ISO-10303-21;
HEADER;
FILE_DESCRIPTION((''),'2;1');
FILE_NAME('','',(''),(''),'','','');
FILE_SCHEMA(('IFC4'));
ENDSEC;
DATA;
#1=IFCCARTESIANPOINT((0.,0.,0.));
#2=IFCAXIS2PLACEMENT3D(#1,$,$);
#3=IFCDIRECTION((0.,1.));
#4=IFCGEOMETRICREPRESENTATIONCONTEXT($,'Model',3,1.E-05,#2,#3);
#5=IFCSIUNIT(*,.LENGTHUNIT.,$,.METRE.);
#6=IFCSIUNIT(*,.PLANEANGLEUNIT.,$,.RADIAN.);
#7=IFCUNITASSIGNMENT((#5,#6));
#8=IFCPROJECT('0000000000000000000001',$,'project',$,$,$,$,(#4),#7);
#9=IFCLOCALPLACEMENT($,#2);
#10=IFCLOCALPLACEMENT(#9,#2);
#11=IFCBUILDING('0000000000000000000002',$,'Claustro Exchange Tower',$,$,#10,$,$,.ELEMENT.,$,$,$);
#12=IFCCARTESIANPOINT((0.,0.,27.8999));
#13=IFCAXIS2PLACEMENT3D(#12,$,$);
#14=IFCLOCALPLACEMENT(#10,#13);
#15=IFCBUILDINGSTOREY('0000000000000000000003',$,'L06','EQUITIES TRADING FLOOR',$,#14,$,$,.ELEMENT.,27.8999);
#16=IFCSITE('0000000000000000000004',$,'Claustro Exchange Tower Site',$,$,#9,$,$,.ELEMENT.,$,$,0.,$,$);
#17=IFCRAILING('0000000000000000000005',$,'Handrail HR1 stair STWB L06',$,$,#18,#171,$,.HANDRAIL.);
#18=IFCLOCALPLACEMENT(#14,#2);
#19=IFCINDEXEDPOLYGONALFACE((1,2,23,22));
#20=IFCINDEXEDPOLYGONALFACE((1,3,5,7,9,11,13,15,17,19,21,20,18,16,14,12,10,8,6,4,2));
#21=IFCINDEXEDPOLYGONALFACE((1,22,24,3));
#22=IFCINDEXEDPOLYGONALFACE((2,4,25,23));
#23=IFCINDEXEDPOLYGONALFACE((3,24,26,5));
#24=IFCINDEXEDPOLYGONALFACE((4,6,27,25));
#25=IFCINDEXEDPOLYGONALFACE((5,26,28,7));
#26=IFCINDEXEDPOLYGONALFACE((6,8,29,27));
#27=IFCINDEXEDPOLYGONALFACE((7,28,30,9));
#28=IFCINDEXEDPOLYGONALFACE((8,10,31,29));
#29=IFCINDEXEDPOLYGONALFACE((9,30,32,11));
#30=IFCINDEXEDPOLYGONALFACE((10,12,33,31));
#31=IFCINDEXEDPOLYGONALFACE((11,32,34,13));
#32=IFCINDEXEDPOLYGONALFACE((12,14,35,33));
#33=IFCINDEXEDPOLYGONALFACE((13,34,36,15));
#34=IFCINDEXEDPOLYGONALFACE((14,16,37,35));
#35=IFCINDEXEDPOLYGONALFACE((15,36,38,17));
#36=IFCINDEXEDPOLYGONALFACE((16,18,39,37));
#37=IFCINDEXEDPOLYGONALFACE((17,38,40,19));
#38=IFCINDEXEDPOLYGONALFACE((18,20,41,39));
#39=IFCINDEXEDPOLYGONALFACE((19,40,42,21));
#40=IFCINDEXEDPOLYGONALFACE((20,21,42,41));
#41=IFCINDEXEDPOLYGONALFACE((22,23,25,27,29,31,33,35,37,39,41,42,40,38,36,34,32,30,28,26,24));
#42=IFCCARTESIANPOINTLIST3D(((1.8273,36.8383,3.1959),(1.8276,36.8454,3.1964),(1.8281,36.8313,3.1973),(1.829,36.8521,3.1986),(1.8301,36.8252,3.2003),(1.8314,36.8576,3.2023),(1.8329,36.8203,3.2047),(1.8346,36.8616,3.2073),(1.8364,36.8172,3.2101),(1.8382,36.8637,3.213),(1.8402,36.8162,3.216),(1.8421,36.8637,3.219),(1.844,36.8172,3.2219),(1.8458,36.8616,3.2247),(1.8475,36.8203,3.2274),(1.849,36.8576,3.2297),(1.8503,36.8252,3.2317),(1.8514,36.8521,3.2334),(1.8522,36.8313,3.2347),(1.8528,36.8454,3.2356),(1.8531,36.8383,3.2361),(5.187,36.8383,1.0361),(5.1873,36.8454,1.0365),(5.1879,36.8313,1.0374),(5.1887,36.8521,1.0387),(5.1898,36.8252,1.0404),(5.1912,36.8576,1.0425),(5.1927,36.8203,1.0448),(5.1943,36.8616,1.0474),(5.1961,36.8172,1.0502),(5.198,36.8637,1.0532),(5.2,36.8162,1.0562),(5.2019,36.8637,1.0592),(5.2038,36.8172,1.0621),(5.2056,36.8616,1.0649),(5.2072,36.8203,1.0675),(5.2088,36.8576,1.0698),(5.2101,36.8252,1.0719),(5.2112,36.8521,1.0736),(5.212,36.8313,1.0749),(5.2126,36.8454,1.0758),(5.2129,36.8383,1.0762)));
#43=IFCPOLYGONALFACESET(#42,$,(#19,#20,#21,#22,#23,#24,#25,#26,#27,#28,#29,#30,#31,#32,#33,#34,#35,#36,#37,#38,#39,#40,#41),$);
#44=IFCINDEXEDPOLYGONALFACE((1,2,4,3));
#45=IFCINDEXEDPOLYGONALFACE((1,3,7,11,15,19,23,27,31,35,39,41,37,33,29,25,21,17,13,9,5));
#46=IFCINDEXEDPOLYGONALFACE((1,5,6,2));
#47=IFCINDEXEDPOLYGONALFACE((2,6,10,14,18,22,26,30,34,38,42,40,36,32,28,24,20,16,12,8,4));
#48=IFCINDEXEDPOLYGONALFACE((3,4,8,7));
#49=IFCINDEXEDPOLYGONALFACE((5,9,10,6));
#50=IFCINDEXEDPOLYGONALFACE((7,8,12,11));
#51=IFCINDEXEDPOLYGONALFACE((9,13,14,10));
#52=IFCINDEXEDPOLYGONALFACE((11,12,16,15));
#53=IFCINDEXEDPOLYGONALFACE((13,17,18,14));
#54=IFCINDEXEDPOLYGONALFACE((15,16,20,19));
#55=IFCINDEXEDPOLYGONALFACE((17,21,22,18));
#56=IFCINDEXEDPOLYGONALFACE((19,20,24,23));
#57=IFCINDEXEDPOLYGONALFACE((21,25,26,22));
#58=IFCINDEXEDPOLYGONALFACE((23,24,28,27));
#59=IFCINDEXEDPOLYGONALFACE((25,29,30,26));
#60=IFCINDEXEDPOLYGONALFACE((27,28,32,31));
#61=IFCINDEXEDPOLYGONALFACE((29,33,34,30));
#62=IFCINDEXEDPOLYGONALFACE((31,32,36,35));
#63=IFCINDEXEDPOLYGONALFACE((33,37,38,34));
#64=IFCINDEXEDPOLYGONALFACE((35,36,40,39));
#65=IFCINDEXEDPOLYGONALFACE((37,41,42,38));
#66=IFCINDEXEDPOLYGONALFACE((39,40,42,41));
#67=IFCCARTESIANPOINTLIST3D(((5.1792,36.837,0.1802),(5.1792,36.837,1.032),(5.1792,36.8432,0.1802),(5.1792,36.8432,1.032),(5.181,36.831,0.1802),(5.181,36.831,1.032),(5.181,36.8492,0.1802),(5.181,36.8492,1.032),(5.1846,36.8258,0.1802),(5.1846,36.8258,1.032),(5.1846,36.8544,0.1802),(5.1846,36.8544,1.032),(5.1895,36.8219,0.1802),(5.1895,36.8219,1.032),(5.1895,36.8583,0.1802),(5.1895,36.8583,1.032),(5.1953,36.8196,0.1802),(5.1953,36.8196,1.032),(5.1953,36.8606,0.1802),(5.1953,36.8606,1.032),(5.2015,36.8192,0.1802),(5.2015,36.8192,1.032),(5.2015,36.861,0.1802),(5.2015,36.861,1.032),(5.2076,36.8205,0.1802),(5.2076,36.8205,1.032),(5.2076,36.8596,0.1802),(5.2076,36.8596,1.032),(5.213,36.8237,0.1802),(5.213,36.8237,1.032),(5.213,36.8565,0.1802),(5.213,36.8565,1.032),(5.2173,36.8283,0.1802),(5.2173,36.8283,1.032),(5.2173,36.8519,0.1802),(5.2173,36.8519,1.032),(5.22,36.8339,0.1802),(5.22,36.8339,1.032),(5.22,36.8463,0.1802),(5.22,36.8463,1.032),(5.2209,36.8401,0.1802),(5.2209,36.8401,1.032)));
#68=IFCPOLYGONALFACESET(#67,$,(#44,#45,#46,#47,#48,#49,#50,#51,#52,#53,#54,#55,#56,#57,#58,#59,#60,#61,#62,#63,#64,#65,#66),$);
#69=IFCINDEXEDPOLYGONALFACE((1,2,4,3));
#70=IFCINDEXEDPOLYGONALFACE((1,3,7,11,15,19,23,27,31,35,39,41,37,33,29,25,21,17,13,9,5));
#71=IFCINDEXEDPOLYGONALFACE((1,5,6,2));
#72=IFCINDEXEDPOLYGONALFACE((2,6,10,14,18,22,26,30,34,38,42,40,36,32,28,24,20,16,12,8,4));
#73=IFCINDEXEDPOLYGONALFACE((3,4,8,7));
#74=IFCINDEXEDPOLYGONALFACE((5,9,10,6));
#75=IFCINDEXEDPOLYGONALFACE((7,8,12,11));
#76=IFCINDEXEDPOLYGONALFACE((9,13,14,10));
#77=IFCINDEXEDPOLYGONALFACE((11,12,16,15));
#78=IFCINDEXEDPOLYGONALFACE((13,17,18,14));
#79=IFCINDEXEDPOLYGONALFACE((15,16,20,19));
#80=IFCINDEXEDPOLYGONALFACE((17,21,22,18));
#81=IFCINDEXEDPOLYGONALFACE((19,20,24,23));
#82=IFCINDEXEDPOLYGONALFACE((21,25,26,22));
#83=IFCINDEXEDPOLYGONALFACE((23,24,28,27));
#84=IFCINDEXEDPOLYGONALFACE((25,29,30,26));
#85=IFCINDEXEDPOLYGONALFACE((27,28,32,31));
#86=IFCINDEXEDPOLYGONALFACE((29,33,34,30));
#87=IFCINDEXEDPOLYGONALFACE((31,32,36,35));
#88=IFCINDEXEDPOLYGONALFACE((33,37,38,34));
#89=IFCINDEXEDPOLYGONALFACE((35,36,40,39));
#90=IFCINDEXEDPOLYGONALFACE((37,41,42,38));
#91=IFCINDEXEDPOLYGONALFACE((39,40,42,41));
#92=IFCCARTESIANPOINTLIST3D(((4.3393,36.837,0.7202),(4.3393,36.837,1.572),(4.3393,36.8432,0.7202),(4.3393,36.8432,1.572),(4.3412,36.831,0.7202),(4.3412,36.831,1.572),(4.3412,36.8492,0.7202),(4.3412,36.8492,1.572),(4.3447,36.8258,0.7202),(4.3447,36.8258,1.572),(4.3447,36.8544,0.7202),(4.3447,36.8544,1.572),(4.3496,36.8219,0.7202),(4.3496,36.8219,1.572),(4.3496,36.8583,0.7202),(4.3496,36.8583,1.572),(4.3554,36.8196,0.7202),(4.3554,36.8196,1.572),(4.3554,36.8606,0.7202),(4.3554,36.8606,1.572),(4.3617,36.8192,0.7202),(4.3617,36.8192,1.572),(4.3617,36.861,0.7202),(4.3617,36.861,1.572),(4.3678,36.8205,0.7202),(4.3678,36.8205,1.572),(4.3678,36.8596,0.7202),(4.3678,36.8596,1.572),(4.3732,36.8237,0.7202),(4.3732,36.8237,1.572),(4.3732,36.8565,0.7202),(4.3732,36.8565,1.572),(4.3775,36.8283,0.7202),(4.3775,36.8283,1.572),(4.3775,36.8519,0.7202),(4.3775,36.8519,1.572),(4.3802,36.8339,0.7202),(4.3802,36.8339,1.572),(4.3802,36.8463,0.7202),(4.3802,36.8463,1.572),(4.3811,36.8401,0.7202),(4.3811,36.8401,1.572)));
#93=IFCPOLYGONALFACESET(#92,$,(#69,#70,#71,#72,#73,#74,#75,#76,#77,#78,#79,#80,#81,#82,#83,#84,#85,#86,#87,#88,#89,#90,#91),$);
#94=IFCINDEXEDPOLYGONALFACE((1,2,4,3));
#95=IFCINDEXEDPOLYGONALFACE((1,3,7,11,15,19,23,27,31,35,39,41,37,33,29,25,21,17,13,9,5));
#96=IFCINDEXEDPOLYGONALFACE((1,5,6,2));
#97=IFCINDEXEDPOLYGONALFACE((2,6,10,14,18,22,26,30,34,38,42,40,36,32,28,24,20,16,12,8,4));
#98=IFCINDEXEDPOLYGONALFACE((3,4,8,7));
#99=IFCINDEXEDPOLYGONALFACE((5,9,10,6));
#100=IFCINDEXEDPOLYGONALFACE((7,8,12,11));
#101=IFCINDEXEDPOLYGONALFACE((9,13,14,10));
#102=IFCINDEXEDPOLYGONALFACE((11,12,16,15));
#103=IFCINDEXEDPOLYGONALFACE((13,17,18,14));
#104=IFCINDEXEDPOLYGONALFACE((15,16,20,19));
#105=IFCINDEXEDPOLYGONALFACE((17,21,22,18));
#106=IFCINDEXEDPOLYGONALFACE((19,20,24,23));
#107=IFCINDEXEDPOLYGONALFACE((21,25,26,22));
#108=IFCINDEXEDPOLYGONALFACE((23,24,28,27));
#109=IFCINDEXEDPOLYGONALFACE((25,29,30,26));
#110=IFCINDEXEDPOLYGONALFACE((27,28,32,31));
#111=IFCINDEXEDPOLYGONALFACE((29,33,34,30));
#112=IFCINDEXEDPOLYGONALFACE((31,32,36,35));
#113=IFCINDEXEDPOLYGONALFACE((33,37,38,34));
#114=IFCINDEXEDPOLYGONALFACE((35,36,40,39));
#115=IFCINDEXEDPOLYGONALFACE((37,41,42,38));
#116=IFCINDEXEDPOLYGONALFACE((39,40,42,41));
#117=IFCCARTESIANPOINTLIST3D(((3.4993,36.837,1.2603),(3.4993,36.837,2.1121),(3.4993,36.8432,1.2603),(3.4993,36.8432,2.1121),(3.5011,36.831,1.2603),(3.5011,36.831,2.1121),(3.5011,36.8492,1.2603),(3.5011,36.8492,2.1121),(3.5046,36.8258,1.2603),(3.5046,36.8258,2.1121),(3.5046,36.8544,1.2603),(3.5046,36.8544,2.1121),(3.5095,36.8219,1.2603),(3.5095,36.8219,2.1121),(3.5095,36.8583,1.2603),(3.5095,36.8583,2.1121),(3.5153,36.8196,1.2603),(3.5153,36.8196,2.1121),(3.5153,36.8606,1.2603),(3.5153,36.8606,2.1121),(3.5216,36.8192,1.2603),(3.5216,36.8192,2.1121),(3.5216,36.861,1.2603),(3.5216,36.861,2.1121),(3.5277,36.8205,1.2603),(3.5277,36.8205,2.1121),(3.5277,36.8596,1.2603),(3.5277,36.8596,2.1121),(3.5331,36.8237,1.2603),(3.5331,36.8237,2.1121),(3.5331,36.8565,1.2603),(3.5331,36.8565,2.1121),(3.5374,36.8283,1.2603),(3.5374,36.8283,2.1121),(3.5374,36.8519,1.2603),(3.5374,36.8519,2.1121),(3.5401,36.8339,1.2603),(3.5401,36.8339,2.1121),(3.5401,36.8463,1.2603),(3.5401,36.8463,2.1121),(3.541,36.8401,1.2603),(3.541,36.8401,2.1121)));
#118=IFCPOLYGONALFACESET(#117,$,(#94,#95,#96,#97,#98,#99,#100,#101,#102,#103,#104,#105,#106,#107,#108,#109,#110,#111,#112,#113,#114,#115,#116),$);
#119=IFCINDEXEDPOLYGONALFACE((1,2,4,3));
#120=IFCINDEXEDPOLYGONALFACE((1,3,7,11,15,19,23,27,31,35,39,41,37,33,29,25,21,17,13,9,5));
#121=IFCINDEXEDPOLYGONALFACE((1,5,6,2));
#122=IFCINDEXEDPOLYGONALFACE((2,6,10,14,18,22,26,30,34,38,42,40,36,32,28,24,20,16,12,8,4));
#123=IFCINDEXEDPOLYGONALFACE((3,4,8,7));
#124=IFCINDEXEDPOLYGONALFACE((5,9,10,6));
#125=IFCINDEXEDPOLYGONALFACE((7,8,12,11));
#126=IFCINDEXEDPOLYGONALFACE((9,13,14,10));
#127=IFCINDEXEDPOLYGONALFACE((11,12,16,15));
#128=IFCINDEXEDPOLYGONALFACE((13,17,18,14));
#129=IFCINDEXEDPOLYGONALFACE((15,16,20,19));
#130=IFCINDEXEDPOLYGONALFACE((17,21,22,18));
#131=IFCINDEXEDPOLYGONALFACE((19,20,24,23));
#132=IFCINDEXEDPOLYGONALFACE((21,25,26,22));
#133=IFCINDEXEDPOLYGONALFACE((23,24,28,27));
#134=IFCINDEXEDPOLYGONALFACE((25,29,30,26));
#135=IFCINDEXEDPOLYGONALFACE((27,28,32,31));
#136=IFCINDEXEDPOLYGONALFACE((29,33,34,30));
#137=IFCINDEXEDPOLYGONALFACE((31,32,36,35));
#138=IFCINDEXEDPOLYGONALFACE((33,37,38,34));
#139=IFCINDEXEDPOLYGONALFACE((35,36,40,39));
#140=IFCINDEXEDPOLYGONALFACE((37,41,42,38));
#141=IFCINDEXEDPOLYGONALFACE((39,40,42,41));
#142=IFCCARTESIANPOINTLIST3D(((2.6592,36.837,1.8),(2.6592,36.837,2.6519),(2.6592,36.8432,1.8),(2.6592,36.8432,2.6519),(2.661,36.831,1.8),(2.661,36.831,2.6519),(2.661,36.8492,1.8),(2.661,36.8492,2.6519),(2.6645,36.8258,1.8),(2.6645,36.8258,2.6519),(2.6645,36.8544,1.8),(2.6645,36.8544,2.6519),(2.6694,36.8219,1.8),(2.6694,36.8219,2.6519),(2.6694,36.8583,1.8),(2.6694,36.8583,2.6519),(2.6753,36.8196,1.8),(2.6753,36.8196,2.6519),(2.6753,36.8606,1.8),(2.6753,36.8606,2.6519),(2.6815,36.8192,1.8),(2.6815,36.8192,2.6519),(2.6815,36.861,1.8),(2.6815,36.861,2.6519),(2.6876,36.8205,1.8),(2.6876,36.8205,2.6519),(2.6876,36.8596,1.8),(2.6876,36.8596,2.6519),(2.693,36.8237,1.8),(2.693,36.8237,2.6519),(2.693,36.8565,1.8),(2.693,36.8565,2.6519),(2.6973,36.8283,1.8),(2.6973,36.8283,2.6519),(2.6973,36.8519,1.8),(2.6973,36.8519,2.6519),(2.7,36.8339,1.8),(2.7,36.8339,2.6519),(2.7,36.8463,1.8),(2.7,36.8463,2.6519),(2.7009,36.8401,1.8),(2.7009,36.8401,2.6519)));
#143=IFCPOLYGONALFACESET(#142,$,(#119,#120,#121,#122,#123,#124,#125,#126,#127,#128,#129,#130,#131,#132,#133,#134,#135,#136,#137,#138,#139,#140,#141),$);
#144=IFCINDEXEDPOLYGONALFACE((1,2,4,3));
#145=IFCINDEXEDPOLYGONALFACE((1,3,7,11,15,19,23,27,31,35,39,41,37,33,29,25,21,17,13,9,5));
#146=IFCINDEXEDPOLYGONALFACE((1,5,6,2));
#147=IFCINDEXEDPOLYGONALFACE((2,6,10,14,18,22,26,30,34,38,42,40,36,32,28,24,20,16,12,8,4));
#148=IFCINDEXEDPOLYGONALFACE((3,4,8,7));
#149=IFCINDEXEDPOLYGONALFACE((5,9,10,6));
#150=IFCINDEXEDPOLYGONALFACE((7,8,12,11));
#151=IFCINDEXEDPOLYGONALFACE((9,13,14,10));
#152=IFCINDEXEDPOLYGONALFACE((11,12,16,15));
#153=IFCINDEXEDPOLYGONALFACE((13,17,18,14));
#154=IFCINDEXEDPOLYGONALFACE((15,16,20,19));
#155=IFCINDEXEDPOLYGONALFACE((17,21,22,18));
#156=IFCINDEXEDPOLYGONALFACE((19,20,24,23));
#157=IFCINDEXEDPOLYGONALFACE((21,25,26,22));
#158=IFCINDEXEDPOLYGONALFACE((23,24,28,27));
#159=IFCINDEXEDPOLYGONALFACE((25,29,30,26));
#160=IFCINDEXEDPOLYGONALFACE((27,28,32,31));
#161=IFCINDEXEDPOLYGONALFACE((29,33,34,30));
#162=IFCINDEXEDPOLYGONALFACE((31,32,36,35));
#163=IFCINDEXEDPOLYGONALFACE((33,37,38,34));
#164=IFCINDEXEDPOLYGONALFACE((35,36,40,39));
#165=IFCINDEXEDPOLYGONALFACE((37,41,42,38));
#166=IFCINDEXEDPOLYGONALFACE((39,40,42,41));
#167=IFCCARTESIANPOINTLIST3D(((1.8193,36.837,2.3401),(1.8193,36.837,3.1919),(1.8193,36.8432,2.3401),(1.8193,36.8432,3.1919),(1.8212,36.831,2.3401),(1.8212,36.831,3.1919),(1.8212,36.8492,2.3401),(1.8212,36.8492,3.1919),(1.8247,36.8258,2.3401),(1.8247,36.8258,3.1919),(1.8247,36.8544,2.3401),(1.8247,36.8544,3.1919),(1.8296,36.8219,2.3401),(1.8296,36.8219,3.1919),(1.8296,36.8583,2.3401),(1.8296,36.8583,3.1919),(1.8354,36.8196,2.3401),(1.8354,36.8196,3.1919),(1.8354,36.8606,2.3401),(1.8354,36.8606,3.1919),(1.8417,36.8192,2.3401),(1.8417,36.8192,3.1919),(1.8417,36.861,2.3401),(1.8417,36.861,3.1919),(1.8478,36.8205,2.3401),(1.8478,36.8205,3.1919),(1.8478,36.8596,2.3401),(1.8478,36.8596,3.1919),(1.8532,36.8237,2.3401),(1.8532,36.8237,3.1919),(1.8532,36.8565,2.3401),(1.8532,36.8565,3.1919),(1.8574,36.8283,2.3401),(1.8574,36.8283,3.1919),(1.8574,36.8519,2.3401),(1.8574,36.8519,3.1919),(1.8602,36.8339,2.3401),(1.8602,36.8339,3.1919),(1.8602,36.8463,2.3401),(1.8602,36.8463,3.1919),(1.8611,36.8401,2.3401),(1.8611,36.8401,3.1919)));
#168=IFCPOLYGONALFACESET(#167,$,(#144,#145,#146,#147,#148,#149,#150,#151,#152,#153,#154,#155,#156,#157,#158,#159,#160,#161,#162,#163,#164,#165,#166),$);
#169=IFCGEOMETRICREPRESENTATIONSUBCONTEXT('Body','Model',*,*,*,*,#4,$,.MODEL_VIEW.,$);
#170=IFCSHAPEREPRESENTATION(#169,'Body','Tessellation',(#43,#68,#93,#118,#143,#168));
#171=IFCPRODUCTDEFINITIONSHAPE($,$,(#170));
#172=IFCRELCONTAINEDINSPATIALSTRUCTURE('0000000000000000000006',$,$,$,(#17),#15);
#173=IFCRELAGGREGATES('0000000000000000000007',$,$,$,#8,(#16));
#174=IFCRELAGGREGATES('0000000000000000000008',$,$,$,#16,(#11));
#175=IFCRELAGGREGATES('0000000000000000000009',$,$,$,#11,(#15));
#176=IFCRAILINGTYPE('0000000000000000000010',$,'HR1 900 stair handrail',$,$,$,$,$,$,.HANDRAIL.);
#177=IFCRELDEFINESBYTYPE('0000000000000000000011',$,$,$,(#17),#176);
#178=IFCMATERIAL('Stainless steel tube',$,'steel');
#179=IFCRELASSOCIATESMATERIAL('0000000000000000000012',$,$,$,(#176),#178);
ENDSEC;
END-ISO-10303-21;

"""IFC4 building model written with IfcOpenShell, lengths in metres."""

from ifc_helpers import new_model, si_unit, direction, frame, origin, origin_2d, place, context, subcontext, project, spatial, circle, extrude, material, type_object, element, save


model = new_model("IFC4")

# Units and contexts
model_context = context("Model", 3, precision=1e-05, world=origin(), true_north=direction((0.0, 1.0)))
body_context = subcontext(model_context, "Body", "Model", "MODEL_VIEW")
ifc_project = project(units=[si_unit("LENGTHUNIT", "METRE"), si_unit("PLANEANGLEUNIT", "RADIAN")], contexts=[model_context])

# Site, building, storey
site_placement = place(None, origin())
site = spatial("IfcSite", under=ifc_project, at=site_placement, Name="Claustro Exchange Tower Site", CompositionType="ELEMENT", RefElevation=0.0)
building_placement = place(site_placement, origin())
building = spatial("IfcBuilding", under=site, at=building_placement, Name="Claustro Exchange Tower", CompositionType="ELEMENT")
storey_placement = place(building_placement, frame((0.0, 0.0, 27.8999)))
storey = spatial("IfcBuildingStorey", under=building, at=storey_placement, Name="L06", Description="EQUITIES TRADING FLOOR", CompositionType="ELEMENT", Elevation=27.8999)

# Railing
ifc_material_1 = material(Name="Stainless steel tube", Category="steel")
railing_type_1 = type_object("IfcRailingType", Name="HR1 900 stair handrail", PredefinedType="HANDRAIL", material=ifc_material_1)
railing_1_placement = place(storey_placement, frame((5.2, 36.8401, 0.1802)))
element("IfcRailing", 1, at=railing_1_placement, inside=storey, type_object=railing_type_1, Name="Handrail HR1 stair STWB L06", PredefinedType="HANDRAIL", context=body_context, shape_type="SweptSolid", body=[
    extrude(circle(Radius=0.0239, at=origin_2d()), frame((0.0, 0.0, 0.876), z_axis=(-0.841178, 0.0, 0.540758), x_axis=(0.0, -1.0, 0.0)), (0.0, 0.0, 1.0), 3.9941),
    extrude(circle(Radius=0.021, at=origin_2d()), origin(), (0.0, 0.0, 1.0), 0.8518),
    extrude(circle(Radius=0.021, at=origin_2d()), frame((-0.8398, 0.0, 0.54)), (0.0, 0.0, 1.0), 0.8518),
    extrude(circle(Radius=0.021, at=origin_2d()), frame((-1.6799, 0.0, 1.0801)), (0.0, 0.0, 1.0), 0.8518),
    extrude(circle(Radius=0.021, at=origin_2d()), frame((-2.52, 0.0, 1.6199)), (0.0, 0.0, 1.0), 0.8518),
    extrude(circle(Radius=0.021, at=origin_2d()), frame((-3.3599, 0.0, 2.1599)), (0.0, 0.0, 1.0), 0.8518),
])

save(model, "model.ifc")
